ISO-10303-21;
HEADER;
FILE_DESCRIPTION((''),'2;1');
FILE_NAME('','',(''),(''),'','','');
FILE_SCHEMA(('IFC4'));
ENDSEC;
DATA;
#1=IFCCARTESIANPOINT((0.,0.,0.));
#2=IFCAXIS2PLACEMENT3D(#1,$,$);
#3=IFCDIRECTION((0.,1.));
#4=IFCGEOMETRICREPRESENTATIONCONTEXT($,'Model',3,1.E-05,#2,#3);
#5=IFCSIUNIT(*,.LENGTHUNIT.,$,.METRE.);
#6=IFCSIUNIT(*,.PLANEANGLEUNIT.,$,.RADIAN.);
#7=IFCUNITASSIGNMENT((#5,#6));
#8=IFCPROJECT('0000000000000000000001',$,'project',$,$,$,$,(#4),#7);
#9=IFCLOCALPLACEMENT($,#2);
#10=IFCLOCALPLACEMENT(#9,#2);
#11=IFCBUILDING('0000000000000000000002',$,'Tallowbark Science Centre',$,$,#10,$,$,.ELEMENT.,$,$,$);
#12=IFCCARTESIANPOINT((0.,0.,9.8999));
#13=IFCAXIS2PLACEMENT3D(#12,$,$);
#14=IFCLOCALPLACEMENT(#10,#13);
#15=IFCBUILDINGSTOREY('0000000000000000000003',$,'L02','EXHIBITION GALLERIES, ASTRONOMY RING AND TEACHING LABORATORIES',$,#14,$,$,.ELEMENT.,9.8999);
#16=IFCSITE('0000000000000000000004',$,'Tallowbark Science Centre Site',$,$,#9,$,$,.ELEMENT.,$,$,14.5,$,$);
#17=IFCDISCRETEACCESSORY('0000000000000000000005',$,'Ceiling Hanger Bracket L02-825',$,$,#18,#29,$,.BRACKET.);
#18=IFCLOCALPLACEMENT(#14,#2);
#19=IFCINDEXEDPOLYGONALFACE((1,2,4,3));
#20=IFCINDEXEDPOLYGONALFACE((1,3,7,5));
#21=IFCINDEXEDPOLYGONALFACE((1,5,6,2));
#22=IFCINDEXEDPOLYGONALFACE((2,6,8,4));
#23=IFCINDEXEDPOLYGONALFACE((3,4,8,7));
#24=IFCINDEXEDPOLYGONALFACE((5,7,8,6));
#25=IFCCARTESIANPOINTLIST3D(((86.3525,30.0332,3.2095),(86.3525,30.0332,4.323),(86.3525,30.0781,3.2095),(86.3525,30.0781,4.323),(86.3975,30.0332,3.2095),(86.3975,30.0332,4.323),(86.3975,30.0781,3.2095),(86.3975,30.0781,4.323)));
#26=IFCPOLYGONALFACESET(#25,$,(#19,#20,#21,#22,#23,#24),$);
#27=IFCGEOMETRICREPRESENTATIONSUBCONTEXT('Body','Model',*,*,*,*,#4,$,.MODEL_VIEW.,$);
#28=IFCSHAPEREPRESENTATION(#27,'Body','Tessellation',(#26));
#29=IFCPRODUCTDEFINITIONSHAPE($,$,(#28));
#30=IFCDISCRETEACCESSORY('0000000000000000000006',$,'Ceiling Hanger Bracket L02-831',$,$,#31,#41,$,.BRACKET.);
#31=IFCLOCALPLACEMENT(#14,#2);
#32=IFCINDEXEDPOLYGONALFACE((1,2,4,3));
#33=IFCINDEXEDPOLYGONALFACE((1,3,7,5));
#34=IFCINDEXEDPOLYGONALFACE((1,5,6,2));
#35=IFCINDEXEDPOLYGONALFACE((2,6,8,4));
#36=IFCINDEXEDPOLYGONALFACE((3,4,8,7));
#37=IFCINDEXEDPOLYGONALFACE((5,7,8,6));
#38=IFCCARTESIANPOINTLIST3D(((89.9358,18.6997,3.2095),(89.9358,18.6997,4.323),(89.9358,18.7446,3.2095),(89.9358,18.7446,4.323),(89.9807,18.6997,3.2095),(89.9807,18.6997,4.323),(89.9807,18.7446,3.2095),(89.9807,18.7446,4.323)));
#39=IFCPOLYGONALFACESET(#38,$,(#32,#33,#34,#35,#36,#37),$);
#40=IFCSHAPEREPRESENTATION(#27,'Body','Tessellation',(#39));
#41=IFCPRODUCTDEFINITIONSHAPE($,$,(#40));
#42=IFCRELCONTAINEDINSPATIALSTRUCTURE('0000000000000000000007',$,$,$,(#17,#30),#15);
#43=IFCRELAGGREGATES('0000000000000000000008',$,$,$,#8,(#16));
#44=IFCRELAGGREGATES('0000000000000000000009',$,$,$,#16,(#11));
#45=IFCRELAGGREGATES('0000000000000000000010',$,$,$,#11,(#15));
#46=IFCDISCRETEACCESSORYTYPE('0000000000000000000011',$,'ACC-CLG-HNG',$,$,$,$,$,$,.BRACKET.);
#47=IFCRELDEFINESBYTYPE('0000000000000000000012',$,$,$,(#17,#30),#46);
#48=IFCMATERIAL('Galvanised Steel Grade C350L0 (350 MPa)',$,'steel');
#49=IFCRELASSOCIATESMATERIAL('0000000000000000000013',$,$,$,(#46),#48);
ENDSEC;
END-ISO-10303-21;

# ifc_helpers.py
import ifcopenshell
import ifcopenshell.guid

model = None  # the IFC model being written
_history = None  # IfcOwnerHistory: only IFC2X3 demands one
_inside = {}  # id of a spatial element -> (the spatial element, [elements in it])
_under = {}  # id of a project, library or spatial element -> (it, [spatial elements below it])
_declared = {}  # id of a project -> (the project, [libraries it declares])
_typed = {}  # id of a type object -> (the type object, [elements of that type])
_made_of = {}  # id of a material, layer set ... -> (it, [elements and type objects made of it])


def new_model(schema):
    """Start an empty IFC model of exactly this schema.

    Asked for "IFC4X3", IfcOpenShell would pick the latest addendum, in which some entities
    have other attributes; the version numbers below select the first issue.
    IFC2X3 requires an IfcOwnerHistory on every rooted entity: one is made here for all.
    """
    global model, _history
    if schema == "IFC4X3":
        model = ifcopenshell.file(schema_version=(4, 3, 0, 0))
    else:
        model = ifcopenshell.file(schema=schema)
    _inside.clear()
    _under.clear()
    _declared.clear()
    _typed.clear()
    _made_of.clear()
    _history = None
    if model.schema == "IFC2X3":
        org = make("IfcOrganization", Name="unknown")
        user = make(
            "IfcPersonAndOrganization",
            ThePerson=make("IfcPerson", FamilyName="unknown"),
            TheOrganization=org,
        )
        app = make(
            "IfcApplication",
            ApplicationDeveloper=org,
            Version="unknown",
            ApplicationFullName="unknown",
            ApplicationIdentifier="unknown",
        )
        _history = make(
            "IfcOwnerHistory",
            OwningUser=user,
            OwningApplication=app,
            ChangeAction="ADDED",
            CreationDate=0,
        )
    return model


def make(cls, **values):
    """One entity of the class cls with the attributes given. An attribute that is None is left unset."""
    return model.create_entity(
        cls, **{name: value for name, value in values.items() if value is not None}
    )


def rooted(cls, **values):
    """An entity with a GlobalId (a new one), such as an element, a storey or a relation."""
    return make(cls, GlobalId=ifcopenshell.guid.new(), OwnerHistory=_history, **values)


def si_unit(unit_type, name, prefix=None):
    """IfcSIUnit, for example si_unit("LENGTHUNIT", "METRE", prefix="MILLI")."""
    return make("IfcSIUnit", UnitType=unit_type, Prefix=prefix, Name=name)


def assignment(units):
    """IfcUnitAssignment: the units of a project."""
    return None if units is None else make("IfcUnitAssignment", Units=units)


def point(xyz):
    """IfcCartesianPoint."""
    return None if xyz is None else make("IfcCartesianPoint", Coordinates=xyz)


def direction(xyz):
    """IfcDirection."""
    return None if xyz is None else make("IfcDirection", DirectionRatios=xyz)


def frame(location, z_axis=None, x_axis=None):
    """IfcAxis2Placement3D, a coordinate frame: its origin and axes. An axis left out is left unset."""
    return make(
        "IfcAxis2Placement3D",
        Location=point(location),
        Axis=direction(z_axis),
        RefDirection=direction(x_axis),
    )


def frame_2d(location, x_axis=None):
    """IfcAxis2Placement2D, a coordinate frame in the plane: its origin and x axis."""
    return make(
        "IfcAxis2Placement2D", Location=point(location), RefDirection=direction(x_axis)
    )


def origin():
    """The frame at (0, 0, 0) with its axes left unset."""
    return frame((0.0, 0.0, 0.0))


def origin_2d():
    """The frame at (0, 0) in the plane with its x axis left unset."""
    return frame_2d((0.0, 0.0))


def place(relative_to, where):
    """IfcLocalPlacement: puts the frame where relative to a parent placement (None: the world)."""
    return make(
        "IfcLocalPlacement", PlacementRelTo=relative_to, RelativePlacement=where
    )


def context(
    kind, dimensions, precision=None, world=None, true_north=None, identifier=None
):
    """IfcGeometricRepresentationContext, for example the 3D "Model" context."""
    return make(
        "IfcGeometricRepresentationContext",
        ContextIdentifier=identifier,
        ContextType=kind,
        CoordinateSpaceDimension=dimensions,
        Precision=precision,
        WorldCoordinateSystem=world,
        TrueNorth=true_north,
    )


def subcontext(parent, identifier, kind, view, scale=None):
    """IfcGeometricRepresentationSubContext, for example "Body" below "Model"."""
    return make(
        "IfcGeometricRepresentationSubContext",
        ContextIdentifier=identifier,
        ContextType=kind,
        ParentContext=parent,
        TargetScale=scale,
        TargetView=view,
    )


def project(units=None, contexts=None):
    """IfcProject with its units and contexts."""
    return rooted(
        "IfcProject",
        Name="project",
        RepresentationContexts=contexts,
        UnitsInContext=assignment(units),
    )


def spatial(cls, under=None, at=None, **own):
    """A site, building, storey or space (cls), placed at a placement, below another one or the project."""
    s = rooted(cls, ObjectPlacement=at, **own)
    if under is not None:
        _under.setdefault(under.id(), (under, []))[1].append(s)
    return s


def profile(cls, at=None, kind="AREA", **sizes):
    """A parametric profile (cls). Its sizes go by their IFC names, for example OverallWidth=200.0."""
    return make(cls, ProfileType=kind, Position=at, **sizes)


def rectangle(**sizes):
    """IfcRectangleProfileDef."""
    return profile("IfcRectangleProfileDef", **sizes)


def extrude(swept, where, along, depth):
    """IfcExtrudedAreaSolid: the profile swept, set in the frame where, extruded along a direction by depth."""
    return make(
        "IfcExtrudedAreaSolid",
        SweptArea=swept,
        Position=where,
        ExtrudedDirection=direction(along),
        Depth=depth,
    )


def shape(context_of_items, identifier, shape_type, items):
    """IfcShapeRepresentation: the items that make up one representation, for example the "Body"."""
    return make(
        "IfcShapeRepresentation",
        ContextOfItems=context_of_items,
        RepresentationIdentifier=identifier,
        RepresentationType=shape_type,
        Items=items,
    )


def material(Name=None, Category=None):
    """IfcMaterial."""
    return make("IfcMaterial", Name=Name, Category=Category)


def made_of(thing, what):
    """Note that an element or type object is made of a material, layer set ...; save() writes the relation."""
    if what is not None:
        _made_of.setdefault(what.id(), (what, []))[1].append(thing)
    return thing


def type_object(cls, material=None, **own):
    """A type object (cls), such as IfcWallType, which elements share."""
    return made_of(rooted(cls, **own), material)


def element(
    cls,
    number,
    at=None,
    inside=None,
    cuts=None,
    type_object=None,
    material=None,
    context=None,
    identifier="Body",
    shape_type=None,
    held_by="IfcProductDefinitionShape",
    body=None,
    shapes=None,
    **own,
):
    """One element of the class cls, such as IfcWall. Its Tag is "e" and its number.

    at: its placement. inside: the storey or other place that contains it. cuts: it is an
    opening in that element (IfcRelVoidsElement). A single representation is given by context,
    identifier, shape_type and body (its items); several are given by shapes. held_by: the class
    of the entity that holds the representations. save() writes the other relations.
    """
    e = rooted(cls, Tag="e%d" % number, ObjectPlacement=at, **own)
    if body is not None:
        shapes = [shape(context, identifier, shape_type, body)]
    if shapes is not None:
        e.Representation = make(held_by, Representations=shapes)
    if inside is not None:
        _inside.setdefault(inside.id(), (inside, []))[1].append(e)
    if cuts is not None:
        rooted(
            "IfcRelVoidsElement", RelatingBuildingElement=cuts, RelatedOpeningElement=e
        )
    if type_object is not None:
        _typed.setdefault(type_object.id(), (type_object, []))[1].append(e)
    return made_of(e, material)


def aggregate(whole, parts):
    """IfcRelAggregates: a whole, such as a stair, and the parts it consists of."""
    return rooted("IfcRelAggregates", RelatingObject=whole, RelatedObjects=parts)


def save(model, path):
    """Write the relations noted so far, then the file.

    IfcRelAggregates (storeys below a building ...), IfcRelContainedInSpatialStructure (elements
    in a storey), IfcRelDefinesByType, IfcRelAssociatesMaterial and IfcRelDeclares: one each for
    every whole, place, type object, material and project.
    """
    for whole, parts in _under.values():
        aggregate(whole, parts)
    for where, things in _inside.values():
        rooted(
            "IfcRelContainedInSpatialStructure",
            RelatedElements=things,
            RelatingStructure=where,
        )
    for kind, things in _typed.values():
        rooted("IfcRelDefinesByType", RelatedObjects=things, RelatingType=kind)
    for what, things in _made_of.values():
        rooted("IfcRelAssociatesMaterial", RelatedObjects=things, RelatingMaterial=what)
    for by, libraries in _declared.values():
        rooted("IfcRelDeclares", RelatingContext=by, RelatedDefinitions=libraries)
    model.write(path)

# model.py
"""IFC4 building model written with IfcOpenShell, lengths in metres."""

from ifc_helpers import new_model, si_unit, direction, frame, origin, origin_2d, place, context, subcontext, project, spatial, rectangle, extrude, material, type_object, element, save


model = new_model("IFC4")

# Units and contexts
model_context = context("Model", 3, precision=1e-05, world=origin(), true_north=direction((0.0, 1.0)))
body_context = subcontext(model_context, "Body", "Model", "MODEL_VIEW")
ifc_project = project(units=[si_unit("LENGTHUNIT", "METRE"), si_unit("PLANEANGLEUNIT", "RADIAN")], contexts=[model_context])

# Site, building, storey
site_placement = place(None, origin())
site = spatial("IfcSite", under=ifc_project, at=site_placement, Name="Tallowbark Science Centre Site", CompositionType="ELEMENT", RefElevation=14.5)
building_placement = place(site_placement, origin())
building = spatial("IfcBuilding", under=site, at=building_placement, Name="Tallowbark Science Centre", CompositionType="ELEMENT")
storey_placement = place(building_placement, frame((0.0, 0.0, 9.8999)))
storey = spatial("IfcBuildingStorey", under=building, at=storey_placement, Name="L02", Description="EXHIBITION GALLERIES, ASTRONOMY RING AND TEACHING LABORATORIES", CompositionType="ELEMENT", Elevation=9.8999)

# Discrete accessories
ifc_material_1 = material(Name="Galvanised Steel Grade C350L0 (350 MPa)", Category="steel")
discrete_accessory_type = type_object("IfcDiscreteAccessoryType", Name="ACC-CLG-HNG", PredefinedType="BRACKET", material=ifc_material_1)
for number, where, z_axis, x_axis, name in (
    (1, (86.375, 30.0557, 3.2095), (0.0, 0.0, 1.0), (1.0, 0.0, 0.0), "Ceiling Hanger Bracket L02-825"),
    (2, (89.9583, 18.7222, 3.2095), (0.0, 0.0, 1.0), (1.0, 0.0, 0.0), "Ceiling Hanger Bracket L02-831"),
):
    element("IfcDiscreteAccessory", number, at=place(storey_placement, frame(where, z_axis=z_axis, x_axis=x_axis)), inside=storey, type_object=discrete_accessory_type, Name=name, PredefinedType="BRACKET", context=body_context, shape_type="SweptSolid", body=[
        extrude(rectangle(XDim=0.0449, YDim=0.0449, at=origin_2d()), origin(), (0.0, 0.0, 1.0), 1.1135),
    ])

save(model, "model.ifc")
